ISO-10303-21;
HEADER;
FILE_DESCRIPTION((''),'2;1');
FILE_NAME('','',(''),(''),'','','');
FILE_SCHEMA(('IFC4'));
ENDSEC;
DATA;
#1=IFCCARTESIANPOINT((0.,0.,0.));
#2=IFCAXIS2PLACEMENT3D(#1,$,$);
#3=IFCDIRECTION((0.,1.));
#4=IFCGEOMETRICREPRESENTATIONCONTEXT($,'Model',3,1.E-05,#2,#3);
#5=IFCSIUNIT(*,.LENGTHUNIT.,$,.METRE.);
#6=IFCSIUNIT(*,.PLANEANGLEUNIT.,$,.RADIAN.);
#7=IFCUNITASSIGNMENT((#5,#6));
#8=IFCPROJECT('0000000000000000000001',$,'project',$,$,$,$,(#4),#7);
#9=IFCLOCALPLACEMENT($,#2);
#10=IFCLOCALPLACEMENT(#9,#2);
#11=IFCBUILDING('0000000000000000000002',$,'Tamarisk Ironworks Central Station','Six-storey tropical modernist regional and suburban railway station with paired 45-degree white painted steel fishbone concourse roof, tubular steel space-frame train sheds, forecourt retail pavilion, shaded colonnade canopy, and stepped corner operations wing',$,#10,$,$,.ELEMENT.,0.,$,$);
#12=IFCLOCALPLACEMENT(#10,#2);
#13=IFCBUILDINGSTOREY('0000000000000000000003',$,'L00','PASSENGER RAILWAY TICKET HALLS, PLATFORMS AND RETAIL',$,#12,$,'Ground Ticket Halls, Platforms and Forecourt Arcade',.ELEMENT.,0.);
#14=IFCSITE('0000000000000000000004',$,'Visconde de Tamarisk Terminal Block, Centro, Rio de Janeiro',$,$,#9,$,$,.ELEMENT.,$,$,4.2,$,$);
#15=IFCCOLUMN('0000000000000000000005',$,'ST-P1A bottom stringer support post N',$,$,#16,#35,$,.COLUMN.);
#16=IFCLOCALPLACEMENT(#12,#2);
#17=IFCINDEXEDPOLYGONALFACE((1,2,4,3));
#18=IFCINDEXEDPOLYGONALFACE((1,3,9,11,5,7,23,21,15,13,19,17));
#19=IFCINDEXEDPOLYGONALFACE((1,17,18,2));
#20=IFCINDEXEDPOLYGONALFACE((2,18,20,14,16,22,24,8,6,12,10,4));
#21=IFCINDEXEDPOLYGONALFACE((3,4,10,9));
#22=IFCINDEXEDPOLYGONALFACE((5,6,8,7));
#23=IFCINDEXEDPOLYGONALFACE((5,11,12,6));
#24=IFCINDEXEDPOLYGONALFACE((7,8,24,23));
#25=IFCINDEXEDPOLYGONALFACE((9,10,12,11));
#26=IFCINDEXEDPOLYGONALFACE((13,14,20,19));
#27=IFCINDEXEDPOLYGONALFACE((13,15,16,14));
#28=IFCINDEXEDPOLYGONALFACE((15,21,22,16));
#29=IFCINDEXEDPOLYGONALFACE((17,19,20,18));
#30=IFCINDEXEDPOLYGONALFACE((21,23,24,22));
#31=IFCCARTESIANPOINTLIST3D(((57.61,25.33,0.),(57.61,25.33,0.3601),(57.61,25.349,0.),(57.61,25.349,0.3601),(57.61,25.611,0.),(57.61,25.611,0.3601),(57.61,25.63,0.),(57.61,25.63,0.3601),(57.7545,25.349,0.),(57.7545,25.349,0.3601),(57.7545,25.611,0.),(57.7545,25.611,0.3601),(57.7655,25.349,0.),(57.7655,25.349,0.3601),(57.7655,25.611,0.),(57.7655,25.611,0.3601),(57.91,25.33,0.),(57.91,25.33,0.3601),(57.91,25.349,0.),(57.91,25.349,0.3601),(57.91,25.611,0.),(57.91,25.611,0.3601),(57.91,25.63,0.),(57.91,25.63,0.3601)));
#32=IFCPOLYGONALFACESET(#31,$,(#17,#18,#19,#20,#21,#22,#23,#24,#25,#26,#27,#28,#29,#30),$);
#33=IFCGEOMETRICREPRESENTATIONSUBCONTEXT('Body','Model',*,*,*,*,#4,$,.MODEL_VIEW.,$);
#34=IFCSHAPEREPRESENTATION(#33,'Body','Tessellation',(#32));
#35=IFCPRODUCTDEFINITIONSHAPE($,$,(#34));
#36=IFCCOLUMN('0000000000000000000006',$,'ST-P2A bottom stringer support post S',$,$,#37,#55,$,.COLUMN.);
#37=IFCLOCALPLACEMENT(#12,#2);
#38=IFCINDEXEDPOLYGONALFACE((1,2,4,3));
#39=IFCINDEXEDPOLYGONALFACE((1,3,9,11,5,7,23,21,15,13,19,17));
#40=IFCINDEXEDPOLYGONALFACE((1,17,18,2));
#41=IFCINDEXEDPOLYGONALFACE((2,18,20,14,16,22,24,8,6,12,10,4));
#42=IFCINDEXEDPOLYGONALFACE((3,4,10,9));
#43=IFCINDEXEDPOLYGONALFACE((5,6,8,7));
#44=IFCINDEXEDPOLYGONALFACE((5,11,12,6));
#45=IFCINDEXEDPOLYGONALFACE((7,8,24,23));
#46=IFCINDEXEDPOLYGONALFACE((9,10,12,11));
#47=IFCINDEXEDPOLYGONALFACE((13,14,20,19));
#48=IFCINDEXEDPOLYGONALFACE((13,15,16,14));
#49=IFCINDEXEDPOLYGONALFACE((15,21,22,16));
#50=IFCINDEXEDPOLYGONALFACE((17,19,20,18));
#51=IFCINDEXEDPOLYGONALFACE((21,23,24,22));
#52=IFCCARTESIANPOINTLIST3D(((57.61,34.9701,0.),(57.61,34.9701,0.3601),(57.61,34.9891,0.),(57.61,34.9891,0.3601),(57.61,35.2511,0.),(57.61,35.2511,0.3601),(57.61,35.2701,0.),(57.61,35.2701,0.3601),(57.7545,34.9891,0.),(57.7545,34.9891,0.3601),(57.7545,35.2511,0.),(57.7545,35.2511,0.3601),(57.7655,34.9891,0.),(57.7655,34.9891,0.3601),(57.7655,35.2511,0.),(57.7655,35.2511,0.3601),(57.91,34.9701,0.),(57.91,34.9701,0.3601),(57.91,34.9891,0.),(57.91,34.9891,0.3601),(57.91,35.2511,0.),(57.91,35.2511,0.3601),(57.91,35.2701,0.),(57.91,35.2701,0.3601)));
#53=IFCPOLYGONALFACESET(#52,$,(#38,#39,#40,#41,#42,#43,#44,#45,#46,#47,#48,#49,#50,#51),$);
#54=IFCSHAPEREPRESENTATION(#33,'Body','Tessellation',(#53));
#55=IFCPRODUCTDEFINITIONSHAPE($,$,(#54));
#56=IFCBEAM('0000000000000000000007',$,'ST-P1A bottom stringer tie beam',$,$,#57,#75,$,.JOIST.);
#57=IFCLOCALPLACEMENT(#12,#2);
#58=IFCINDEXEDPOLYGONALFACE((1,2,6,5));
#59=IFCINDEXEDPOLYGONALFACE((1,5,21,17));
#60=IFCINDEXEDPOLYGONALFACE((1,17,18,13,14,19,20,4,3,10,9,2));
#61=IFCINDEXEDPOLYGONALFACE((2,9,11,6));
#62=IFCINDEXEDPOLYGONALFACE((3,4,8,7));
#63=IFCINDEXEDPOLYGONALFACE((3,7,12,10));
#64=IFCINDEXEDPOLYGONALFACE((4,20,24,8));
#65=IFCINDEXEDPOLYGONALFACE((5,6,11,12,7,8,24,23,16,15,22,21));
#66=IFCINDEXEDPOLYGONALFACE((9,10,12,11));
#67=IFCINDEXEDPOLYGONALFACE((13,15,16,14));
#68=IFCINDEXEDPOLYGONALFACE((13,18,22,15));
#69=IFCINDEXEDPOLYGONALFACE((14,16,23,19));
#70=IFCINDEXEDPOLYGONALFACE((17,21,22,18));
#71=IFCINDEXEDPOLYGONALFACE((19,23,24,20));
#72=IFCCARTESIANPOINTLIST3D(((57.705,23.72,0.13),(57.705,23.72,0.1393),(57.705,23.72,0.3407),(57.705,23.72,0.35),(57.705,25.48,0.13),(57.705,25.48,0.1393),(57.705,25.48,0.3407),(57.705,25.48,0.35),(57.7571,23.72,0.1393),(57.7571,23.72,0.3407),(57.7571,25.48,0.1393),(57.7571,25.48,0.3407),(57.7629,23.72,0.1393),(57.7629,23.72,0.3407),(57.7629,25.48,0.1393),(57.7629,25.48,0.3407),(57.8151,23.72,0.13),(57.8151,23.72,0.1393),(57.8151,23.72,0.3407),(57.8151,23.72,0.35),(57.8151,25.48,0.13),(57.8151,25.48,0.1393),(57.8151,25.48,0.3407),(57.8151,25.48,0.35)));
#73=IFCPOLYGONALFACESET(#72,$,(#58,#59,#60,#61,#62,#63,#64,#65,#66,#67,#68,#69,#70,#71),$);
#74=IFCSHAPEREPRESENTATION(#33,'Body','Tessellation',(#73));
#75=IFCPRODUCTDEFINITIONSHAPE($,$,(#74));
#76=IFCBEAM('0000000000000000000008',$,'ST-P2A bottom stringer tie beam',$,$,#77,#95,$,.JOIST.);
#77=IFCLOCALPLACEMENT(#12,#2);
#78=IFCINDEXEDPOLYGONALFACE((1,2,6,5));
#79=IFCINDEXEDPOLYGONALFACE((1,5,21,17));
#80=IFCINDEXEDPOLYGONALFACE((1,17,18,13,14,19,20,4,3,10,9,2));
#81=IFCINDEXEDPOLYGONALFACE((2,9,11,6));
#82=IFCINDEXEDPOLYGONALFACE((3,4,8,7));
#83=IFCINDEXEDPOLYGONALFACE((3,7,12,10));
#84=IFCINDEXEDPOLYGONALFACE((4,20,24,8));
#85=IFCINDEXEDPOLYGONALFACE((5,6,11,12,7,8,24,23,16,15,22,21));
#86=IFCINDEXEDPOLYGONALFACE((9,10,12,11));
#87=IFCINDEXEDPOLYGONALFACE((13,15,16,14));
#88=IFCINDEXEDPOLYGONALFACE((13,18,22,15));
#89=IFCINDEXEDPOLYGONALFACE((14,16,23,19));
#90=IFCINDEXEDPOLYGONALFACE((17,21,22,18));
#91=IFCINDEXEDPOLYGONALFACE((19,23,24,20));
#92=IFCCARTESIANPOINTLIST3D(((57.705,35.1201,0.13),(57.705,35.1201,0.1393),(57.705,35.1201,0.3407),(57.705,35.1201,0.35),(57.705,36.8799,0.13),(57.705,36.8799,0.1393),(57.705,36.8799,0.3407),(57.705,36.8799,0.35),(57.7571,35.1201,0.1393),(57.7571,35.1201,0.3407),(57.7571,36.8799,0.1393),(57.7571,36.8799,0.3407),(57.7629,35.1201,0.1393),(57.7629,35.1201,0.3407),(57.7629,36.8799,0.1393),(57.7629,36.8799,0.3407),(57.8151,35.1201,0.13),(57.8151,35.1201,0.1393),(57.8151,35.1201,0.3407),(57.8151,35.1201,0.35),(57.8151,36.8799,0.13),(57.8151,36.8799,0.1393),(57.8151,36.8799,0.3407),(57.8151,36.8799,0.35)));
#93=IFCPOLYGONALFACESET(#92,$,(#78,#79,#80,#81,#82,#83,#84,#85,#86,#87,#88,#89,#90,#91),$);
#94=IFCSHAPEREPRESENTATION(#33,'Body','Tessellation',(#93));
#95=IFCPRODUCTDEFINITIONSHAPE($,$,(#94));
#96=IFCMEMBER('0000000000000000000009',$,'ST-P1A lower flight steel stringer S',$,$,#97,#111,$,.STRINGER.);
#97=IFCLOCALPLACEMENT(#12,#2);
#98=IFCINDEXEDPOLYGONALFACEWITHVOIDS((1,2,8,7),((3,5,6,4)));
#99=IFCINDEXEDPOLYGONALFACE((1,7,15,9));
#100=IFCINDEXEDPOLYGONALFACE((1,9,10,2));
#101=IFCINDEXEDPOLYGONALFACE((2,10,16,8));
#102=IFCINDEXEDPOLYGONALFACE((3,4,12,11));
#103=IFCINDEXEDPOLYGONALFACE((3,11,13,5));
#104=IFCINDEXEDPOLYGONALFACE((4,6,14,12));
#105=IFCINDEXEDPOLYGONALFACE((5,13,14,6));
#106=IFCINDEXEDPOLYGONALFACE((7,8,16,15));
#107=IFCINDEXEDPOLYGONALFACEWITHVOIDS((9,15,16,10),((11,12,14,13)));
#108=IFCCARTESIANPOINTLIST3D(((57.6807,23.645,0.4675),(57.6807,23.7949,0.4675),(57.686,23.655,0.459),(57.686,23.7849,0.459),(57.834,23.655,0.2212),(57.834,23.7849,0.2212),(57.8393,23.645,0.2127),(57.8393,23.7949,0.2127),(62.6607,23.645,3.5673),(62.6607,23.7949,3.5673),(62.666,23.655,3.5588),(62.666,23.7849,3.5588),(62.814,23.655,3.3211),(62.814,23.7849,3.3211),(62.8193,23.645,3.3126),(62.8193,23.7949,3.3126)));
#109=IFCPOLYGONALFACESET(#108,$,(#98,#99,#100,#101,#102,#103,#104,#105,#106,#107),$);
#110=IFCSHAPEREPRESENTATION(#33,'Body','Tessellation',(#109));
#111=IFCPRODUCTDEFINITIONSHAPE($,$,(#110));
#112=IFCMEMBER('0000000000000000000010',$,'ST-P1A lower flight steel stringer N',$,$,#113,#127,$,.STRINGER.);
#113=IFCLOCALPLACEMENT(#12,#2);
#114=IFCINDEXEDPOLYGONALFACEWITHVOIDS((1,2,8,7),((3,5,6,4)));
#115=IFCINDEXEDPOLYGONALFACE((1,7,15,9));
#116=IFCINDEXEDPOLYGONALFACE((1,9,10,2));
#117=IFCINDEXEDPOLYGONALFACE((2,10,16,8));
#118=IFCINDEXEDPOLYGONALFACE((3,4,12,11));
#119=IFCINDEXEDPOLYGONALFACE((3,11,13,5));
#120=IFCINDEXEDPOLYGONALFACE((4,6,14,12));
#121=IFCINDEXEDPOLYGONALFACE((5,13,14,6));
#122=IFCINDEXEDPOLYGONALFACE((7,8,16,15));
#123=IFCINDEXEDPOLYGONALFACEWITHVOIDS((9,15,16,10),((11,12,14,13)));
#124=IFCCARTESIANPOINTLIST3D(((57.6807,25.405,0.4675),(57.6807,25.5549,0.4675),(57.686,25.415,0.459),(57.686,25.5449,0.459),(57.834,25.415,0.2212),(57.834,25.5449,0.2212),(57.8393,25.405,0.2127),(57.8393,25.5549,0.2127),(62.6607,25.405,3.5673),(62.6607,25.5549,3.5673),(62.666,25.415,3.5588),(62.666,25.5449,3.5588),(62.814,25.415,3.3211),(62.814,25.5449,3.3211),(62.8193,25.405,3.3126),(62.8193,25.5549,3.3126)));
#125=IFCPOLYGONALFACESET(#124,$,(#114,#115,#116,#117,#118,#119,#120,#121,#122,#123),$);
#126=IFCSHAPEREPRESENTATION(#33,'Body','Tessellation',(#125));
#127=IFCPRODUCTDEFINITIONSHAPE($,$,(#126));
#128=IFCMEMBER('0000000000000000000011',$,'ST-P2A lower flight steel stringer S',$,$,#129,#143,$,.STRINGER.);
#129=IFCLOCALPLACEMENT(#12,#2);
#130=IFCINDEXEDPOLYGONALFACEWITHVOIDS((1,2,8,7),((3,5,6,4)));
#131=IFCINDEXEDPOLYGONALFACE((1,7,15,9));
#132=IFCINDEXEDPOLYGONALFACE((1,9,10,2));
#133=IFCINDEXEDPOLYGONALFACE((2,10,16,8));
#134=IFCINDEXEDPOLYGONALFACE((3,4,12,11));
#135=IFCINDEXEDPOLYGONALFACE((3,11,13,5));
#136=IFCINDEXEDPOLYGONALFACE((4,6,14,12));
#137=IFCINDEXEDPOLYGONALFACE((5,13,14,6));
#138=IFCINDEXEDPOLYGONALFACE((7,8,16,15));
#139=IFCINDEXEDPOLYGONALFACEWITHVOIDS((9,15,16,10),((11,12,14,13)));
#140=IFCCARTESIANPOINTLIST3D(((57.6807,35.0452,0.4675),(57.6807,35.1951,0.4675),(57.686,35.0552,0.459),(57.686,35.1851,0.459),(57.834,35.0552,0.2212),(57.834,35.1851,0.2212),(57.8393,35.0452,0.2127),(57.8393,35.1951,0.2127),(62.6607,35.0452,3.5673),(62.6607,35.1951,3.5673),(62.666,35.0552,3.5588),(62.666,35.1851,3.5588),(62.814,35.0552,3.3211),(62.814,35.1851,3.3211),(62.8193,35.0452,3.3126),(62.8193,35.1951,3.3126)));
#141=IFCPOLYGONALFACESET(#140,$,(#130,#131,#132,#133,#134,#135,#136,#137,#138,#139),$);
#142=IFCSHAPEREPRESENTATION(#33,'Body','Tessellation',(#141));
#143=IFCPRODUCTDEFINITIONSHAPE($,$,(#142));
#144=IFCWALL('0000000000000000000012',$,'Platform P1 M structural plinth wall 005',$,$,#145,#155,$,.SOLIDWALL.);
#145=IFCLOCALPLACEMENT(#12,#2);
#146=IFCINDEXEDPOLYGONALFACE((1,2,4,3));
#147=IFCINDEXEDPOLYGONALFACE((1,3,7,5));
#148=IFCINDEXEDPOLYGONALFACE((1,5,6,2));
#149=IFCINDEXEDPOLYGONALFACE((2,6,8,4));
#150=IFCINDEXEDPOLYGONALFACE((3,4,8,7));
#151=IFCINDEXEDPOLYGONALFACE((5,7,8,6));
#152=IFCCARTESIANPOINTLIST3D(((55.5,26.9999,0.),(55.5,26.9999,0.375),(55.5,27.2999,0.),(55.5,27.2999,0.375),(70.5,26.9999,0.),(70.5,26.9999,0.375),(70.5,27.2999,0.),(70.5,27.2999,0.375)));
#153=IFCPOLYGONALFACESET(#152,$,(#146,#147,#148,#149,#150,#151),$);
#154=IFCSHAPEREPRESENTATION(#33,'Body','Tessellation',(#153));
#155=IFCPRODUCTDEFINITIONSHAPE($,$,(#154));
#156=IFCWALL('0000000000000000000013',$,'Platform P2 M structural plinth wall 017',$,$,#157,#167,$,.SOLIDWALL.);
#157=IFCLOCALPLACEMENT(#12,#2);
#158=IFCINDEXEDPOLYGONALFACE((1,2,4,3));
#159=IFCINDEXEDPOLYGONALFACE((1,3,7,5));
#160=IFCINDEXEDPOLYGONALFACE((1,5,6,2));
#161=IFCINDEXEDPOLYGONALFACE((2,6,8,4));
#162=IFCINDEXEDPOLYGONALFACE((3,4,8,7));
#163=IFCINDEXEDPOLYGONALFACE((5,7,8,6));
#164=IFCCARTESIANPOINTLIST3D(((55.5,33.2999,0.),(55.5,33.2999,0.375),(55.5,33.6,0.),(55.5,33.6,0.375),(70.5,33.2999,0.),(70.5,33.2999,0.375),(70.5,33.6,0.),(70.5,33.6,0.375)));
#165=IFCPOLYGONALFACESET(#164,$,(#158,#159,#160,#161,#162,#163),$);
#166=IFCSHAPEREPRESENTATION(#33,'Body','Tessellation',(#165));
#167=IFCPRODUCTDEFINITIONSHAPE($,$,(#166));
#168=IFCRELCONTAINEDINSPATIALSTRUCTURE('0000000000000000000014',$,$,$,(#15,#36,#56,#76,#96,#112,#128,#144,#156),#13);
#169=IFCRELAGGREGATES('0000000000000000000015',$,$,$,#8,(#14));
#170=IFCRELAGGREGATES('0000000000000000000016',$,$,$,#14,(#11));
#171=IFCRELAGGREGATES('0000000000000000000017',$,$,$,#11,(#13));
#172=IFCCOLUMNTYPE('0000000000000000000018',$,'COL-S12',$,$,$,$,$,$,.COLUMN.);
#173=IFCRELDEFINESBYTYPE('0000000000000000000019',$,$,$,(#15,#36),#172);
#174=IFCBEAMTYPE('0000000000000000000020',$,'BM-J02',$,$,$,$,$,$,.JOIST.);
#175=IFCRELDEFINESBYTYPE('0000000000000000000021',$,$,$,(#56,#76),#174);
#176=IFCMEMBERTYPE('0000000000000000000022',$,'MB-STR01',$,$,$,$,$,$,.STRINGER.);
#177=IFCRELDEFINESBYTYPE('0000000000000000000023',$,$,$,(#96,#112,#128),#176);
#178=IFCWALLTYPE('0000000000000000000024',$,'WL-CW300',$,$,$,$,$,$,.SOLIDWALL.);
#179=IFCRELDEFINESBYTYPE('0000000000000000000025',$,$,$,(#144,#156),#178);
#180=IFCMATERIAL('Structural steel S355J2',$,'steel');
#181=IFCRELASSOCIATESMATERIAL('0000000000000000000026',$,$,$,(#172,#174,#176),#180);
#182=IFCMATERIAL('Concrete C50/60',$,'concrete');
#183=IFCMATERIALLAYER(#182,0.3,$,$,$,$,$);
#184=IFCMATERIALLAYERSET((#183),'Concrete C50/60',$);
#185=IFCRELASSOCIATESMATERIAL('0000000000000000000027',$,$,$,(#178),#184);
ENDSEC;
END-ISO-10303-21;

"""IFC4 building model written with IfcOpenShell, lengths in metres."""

from ifc_helpers import new_model, si_unit, direction, frame, frame_2d, origin, origin_2d, place, context, subcontext, project, spatial, rectangle, hollow_rectangle, i_section, extrude, material, layer, layer_set, material_profile, profile_set, type_object, element, save


model = new_model("IFC4")

# Units and contexts
model_context = context("Model", 3, precision=1e-05, world=origin(), true_north=direction((0.0, 1.0)))
body_context = subcontext(model_context, "Body", "Model", "MODEL_VIEW")
ifc_project = project(units=[si_unit("LENGTHUNIT", "METRE"), si_unit("PLANEANGLEUNIT", "RADIAN")], contexts=[model_context])

# Site, building, storey
site_placement = place(None, origin())
site = spatial("IfcSite", under=ifc_project, at=site_placement, Name="Visconde de Tamarisk Terminal Block, Centro, Rio de Janeiro", CompositionType="ELEMENT", RefElevation=4.2)
building_placement = place(site_placement, origin())
building = spatial("IfcBuilding", under=site, at=building_placement, Name="Tamarisk Ironworks Central Station", Description="Six-storey tropical modernist regional and suburban railway station with paired 45-degree white painted steel fishbone concourse roof, tubular steel space-frame train sheds, forecourt retail pavilion, shaded colonnade canopy, and stepped corner operations wing", CompositionType="ELEMENT", ElevationOfRefHeight=0.0)
storey_placement = place(building_placement, origin())
storey = spatial("IfcBuildingStorey", under=building, at=storey_placement, Name="L00", Description="PASSENGER RAILWAY TICKET HALLS, PLATFORMS AND RETAIL", LongName="Ground Ticket Halls, Platforms and Forecourt Arcade", CompositionType="ELEMENT", Elevation=0.0)

# Columns
ifc_material_1 = material(Name="Structural steel S355J2", Category="steel")
ifc_material_profile_1 = material_profile(ifc_material_1, i_section(OverallWidth=0.3, OverallDepth=0.3, WebThickness=0.011, FlangeThickness=0.019, at=origin_2d()), Name="HEB 300")
ifc_profile_set_1 = profile_set([ifc_material_profile_1], Name="Structural steel S355J2")
column_type_1 = type_object("IfcColumnType", Name="COL-S12", PredefinedType="COLUMN", material=ifc_profile_set_1)
for number, where, z_axis, x_axis, name in (
    (1, (57.76, 25.48, 0.0), (0.0, 0.0, 1.0), (1.0, 0.0, 0.0), "ST-P1A bottom stringer support post N"),
    (2, (57.76, 35.1201, 0.0), (0.0, 0.0, 1.0), (1.0, 0.0, 0.0), "ST-P2A bottom stringer support post S"),
):
    element("IfcColumn", number, at=place(storey_placement, frame(where, z_axis=z_axis, x_axis=x_axis)), inside=storey, type_object=column_type_1, Name=name, PredefinedType="COLUMN", context=body_context, shape_type="SweptSolid", body=[
        extrude(i_section(OverallWidth=0.3, OverallDepth=0.3, WebThickness=0.011, FlangeThickness=0.019, at=origin_2d()), origin(), (0.0, 0.0, 1.0), 0.3601),
    ])

# Beams
ifc_material_profile_2 = material_profile(ifc_material_1, i_section(OverallWidth=0.1101, OverallDepth=0.22, WebThickness=0.0059, FlangeThickness=0.0093, at=origin_2d()), Name="IPE 220")
ifc_profile_set_2 = profile_set([ifc_material_profile_2], Name="Structural steel S355J2")
beam_type = type_object("IfcBeamType", Name="BM-J02", PredefinedType="JOIST", material=ifc_profile_set_2)
beam_1_placement = place(storey_placement, frame((57.76, 23.72, 0.24), z_axis=(0.0, 1.0, 0.0), x_axis=(-1.0, 0.0, 0.0)))
element("IfcBeam", 3, at=beam_1_placement, inside=storey, type_object=beam_type, Name="ST-P1A bottom stringer tie beam", PredefinedType="JOIST", context=body_context, shape_type="SweptSolid", body=[
    extrude(i_section(OverallWidth=0.1101, OverallDepth=0.22, WebThickness=0.0059, FlangeThickness=0.0093, at=origin_2d()), origin(), (0.0, 0.0, 1.0), 1.76),
])
beam_2_placement = place(storey_placement, frame((57.76, 35.1201, 0.24), z_axis=(0.0, 1.0, 0.0), x_axis=(-1.0, 0.0, 0.0)))
element("IfcBeam", 4, at=beam_2_placement, inside=storey, type_object=beam_type, Name="ST-P2A bottom stringer tie beam", PredefinedType="JOIST", context=body_context, shape_type="SweptSolid", body=[
    extrude(i_section(OverallWidth=0.1101, OverallDepth=0.22, WebThickness=0.0059, FlangeThickness=0.0093, at=origin_2d()), origin(), (0.0, 0.0, 1.0), 1.7598),
])

# Members
ifc_material_profile_3 = material_profile(ifc_material_1, hollow_rectangle(XDim=0.1499, YDim=0.3, WallThickness=0.01, at=origin_2d()), Name="RHS 300x150x10")
ifc_profile_set_3 = profile_set([ifc_material_profile_3], Name="Structural steel S355J2")
member_type = type_object("IfcMemberType", Name="MB-STR01", PredefinedType="STRINGER", material=ifc_profile_set_3)
for number, where, z_axis, x_axis, name in (
    (5, (57.76, 23.72, 0.3401), (0.848965, 0.0, 0.528449), (0.0, 1.0, 0.0), "ST-P1A lower flight steel stringer S"),
    (6, (57.76, 25.48, 0.3401), (0.848965, 0.0, 0.528449), (0.0, 1.0, 0.0), "ST-P1A lower flight steel stringer N"),
    (7, (57.76, 35.1201, 0.3401), (0.848965, 0.0, 0.528449), (0.0, 1.0, 0.0), "ST-P2A lower flight steel stringer S"),
):
    element("IfcMember", number, at=place(storey_placement, frame(where, z_axis=z_axis, x_axis=x_axis)), inside=storey, type_object=member_type, Name=name, PredefinedType="STRINGER", context=body_context, shape_type="SweptSolid", body=[
        extrude(hollow_rectangle(XDim=0.1499, YDim=0.3, WallThickness=0.01, at=origin_2d()), origin(), (0.0, 0.0, 1.0), 5.866),
    ])

# Walls
ifc_material_2 = material(Name="Concrete C50/60", Category="concrete")
ifc_layer = layer(ifc_material_2, 0.3)
ifc_layer_set = layer_set([ifc_layer], Name="Concrete C50/60")
wall_type = type_object("IfcWallType", Name="WL-CW300", PredefinedType="SOLIDWALL", material=ifc_layer_set)
for number, where, z_axis, x_axis, name in (
    (8, (55.5, 27.1499, 0.0), (0.0, 0.0, 1.0), (1.0, 0.0, 0.0), "Platform P1 M structural plinth wall 005"),
    (9, (55.5, 33.45, 0.0), (0.0, 0.0, 1.0), (1.0, 0.0, 0.0), "Platform P2 M structural plinth wall 017"),
):
    element("IfcWall", number, at=place(storey_placement, frame(where, z_axis=z_axis, x_axis=x_axis)), inside=storey, type_object=wall_type, Name=name, PredefinedType="SOLIDWALL", context=body_context, shape_type="SweptSolid", body=[
        extrude(rectangle(XDim=15.0, YDim=0.3, at=frame_2d((7.5, 0.0))), origin(), (0.0, 0.0, 1.0), 0.375),
    ])

save(model, "model.ifc")
